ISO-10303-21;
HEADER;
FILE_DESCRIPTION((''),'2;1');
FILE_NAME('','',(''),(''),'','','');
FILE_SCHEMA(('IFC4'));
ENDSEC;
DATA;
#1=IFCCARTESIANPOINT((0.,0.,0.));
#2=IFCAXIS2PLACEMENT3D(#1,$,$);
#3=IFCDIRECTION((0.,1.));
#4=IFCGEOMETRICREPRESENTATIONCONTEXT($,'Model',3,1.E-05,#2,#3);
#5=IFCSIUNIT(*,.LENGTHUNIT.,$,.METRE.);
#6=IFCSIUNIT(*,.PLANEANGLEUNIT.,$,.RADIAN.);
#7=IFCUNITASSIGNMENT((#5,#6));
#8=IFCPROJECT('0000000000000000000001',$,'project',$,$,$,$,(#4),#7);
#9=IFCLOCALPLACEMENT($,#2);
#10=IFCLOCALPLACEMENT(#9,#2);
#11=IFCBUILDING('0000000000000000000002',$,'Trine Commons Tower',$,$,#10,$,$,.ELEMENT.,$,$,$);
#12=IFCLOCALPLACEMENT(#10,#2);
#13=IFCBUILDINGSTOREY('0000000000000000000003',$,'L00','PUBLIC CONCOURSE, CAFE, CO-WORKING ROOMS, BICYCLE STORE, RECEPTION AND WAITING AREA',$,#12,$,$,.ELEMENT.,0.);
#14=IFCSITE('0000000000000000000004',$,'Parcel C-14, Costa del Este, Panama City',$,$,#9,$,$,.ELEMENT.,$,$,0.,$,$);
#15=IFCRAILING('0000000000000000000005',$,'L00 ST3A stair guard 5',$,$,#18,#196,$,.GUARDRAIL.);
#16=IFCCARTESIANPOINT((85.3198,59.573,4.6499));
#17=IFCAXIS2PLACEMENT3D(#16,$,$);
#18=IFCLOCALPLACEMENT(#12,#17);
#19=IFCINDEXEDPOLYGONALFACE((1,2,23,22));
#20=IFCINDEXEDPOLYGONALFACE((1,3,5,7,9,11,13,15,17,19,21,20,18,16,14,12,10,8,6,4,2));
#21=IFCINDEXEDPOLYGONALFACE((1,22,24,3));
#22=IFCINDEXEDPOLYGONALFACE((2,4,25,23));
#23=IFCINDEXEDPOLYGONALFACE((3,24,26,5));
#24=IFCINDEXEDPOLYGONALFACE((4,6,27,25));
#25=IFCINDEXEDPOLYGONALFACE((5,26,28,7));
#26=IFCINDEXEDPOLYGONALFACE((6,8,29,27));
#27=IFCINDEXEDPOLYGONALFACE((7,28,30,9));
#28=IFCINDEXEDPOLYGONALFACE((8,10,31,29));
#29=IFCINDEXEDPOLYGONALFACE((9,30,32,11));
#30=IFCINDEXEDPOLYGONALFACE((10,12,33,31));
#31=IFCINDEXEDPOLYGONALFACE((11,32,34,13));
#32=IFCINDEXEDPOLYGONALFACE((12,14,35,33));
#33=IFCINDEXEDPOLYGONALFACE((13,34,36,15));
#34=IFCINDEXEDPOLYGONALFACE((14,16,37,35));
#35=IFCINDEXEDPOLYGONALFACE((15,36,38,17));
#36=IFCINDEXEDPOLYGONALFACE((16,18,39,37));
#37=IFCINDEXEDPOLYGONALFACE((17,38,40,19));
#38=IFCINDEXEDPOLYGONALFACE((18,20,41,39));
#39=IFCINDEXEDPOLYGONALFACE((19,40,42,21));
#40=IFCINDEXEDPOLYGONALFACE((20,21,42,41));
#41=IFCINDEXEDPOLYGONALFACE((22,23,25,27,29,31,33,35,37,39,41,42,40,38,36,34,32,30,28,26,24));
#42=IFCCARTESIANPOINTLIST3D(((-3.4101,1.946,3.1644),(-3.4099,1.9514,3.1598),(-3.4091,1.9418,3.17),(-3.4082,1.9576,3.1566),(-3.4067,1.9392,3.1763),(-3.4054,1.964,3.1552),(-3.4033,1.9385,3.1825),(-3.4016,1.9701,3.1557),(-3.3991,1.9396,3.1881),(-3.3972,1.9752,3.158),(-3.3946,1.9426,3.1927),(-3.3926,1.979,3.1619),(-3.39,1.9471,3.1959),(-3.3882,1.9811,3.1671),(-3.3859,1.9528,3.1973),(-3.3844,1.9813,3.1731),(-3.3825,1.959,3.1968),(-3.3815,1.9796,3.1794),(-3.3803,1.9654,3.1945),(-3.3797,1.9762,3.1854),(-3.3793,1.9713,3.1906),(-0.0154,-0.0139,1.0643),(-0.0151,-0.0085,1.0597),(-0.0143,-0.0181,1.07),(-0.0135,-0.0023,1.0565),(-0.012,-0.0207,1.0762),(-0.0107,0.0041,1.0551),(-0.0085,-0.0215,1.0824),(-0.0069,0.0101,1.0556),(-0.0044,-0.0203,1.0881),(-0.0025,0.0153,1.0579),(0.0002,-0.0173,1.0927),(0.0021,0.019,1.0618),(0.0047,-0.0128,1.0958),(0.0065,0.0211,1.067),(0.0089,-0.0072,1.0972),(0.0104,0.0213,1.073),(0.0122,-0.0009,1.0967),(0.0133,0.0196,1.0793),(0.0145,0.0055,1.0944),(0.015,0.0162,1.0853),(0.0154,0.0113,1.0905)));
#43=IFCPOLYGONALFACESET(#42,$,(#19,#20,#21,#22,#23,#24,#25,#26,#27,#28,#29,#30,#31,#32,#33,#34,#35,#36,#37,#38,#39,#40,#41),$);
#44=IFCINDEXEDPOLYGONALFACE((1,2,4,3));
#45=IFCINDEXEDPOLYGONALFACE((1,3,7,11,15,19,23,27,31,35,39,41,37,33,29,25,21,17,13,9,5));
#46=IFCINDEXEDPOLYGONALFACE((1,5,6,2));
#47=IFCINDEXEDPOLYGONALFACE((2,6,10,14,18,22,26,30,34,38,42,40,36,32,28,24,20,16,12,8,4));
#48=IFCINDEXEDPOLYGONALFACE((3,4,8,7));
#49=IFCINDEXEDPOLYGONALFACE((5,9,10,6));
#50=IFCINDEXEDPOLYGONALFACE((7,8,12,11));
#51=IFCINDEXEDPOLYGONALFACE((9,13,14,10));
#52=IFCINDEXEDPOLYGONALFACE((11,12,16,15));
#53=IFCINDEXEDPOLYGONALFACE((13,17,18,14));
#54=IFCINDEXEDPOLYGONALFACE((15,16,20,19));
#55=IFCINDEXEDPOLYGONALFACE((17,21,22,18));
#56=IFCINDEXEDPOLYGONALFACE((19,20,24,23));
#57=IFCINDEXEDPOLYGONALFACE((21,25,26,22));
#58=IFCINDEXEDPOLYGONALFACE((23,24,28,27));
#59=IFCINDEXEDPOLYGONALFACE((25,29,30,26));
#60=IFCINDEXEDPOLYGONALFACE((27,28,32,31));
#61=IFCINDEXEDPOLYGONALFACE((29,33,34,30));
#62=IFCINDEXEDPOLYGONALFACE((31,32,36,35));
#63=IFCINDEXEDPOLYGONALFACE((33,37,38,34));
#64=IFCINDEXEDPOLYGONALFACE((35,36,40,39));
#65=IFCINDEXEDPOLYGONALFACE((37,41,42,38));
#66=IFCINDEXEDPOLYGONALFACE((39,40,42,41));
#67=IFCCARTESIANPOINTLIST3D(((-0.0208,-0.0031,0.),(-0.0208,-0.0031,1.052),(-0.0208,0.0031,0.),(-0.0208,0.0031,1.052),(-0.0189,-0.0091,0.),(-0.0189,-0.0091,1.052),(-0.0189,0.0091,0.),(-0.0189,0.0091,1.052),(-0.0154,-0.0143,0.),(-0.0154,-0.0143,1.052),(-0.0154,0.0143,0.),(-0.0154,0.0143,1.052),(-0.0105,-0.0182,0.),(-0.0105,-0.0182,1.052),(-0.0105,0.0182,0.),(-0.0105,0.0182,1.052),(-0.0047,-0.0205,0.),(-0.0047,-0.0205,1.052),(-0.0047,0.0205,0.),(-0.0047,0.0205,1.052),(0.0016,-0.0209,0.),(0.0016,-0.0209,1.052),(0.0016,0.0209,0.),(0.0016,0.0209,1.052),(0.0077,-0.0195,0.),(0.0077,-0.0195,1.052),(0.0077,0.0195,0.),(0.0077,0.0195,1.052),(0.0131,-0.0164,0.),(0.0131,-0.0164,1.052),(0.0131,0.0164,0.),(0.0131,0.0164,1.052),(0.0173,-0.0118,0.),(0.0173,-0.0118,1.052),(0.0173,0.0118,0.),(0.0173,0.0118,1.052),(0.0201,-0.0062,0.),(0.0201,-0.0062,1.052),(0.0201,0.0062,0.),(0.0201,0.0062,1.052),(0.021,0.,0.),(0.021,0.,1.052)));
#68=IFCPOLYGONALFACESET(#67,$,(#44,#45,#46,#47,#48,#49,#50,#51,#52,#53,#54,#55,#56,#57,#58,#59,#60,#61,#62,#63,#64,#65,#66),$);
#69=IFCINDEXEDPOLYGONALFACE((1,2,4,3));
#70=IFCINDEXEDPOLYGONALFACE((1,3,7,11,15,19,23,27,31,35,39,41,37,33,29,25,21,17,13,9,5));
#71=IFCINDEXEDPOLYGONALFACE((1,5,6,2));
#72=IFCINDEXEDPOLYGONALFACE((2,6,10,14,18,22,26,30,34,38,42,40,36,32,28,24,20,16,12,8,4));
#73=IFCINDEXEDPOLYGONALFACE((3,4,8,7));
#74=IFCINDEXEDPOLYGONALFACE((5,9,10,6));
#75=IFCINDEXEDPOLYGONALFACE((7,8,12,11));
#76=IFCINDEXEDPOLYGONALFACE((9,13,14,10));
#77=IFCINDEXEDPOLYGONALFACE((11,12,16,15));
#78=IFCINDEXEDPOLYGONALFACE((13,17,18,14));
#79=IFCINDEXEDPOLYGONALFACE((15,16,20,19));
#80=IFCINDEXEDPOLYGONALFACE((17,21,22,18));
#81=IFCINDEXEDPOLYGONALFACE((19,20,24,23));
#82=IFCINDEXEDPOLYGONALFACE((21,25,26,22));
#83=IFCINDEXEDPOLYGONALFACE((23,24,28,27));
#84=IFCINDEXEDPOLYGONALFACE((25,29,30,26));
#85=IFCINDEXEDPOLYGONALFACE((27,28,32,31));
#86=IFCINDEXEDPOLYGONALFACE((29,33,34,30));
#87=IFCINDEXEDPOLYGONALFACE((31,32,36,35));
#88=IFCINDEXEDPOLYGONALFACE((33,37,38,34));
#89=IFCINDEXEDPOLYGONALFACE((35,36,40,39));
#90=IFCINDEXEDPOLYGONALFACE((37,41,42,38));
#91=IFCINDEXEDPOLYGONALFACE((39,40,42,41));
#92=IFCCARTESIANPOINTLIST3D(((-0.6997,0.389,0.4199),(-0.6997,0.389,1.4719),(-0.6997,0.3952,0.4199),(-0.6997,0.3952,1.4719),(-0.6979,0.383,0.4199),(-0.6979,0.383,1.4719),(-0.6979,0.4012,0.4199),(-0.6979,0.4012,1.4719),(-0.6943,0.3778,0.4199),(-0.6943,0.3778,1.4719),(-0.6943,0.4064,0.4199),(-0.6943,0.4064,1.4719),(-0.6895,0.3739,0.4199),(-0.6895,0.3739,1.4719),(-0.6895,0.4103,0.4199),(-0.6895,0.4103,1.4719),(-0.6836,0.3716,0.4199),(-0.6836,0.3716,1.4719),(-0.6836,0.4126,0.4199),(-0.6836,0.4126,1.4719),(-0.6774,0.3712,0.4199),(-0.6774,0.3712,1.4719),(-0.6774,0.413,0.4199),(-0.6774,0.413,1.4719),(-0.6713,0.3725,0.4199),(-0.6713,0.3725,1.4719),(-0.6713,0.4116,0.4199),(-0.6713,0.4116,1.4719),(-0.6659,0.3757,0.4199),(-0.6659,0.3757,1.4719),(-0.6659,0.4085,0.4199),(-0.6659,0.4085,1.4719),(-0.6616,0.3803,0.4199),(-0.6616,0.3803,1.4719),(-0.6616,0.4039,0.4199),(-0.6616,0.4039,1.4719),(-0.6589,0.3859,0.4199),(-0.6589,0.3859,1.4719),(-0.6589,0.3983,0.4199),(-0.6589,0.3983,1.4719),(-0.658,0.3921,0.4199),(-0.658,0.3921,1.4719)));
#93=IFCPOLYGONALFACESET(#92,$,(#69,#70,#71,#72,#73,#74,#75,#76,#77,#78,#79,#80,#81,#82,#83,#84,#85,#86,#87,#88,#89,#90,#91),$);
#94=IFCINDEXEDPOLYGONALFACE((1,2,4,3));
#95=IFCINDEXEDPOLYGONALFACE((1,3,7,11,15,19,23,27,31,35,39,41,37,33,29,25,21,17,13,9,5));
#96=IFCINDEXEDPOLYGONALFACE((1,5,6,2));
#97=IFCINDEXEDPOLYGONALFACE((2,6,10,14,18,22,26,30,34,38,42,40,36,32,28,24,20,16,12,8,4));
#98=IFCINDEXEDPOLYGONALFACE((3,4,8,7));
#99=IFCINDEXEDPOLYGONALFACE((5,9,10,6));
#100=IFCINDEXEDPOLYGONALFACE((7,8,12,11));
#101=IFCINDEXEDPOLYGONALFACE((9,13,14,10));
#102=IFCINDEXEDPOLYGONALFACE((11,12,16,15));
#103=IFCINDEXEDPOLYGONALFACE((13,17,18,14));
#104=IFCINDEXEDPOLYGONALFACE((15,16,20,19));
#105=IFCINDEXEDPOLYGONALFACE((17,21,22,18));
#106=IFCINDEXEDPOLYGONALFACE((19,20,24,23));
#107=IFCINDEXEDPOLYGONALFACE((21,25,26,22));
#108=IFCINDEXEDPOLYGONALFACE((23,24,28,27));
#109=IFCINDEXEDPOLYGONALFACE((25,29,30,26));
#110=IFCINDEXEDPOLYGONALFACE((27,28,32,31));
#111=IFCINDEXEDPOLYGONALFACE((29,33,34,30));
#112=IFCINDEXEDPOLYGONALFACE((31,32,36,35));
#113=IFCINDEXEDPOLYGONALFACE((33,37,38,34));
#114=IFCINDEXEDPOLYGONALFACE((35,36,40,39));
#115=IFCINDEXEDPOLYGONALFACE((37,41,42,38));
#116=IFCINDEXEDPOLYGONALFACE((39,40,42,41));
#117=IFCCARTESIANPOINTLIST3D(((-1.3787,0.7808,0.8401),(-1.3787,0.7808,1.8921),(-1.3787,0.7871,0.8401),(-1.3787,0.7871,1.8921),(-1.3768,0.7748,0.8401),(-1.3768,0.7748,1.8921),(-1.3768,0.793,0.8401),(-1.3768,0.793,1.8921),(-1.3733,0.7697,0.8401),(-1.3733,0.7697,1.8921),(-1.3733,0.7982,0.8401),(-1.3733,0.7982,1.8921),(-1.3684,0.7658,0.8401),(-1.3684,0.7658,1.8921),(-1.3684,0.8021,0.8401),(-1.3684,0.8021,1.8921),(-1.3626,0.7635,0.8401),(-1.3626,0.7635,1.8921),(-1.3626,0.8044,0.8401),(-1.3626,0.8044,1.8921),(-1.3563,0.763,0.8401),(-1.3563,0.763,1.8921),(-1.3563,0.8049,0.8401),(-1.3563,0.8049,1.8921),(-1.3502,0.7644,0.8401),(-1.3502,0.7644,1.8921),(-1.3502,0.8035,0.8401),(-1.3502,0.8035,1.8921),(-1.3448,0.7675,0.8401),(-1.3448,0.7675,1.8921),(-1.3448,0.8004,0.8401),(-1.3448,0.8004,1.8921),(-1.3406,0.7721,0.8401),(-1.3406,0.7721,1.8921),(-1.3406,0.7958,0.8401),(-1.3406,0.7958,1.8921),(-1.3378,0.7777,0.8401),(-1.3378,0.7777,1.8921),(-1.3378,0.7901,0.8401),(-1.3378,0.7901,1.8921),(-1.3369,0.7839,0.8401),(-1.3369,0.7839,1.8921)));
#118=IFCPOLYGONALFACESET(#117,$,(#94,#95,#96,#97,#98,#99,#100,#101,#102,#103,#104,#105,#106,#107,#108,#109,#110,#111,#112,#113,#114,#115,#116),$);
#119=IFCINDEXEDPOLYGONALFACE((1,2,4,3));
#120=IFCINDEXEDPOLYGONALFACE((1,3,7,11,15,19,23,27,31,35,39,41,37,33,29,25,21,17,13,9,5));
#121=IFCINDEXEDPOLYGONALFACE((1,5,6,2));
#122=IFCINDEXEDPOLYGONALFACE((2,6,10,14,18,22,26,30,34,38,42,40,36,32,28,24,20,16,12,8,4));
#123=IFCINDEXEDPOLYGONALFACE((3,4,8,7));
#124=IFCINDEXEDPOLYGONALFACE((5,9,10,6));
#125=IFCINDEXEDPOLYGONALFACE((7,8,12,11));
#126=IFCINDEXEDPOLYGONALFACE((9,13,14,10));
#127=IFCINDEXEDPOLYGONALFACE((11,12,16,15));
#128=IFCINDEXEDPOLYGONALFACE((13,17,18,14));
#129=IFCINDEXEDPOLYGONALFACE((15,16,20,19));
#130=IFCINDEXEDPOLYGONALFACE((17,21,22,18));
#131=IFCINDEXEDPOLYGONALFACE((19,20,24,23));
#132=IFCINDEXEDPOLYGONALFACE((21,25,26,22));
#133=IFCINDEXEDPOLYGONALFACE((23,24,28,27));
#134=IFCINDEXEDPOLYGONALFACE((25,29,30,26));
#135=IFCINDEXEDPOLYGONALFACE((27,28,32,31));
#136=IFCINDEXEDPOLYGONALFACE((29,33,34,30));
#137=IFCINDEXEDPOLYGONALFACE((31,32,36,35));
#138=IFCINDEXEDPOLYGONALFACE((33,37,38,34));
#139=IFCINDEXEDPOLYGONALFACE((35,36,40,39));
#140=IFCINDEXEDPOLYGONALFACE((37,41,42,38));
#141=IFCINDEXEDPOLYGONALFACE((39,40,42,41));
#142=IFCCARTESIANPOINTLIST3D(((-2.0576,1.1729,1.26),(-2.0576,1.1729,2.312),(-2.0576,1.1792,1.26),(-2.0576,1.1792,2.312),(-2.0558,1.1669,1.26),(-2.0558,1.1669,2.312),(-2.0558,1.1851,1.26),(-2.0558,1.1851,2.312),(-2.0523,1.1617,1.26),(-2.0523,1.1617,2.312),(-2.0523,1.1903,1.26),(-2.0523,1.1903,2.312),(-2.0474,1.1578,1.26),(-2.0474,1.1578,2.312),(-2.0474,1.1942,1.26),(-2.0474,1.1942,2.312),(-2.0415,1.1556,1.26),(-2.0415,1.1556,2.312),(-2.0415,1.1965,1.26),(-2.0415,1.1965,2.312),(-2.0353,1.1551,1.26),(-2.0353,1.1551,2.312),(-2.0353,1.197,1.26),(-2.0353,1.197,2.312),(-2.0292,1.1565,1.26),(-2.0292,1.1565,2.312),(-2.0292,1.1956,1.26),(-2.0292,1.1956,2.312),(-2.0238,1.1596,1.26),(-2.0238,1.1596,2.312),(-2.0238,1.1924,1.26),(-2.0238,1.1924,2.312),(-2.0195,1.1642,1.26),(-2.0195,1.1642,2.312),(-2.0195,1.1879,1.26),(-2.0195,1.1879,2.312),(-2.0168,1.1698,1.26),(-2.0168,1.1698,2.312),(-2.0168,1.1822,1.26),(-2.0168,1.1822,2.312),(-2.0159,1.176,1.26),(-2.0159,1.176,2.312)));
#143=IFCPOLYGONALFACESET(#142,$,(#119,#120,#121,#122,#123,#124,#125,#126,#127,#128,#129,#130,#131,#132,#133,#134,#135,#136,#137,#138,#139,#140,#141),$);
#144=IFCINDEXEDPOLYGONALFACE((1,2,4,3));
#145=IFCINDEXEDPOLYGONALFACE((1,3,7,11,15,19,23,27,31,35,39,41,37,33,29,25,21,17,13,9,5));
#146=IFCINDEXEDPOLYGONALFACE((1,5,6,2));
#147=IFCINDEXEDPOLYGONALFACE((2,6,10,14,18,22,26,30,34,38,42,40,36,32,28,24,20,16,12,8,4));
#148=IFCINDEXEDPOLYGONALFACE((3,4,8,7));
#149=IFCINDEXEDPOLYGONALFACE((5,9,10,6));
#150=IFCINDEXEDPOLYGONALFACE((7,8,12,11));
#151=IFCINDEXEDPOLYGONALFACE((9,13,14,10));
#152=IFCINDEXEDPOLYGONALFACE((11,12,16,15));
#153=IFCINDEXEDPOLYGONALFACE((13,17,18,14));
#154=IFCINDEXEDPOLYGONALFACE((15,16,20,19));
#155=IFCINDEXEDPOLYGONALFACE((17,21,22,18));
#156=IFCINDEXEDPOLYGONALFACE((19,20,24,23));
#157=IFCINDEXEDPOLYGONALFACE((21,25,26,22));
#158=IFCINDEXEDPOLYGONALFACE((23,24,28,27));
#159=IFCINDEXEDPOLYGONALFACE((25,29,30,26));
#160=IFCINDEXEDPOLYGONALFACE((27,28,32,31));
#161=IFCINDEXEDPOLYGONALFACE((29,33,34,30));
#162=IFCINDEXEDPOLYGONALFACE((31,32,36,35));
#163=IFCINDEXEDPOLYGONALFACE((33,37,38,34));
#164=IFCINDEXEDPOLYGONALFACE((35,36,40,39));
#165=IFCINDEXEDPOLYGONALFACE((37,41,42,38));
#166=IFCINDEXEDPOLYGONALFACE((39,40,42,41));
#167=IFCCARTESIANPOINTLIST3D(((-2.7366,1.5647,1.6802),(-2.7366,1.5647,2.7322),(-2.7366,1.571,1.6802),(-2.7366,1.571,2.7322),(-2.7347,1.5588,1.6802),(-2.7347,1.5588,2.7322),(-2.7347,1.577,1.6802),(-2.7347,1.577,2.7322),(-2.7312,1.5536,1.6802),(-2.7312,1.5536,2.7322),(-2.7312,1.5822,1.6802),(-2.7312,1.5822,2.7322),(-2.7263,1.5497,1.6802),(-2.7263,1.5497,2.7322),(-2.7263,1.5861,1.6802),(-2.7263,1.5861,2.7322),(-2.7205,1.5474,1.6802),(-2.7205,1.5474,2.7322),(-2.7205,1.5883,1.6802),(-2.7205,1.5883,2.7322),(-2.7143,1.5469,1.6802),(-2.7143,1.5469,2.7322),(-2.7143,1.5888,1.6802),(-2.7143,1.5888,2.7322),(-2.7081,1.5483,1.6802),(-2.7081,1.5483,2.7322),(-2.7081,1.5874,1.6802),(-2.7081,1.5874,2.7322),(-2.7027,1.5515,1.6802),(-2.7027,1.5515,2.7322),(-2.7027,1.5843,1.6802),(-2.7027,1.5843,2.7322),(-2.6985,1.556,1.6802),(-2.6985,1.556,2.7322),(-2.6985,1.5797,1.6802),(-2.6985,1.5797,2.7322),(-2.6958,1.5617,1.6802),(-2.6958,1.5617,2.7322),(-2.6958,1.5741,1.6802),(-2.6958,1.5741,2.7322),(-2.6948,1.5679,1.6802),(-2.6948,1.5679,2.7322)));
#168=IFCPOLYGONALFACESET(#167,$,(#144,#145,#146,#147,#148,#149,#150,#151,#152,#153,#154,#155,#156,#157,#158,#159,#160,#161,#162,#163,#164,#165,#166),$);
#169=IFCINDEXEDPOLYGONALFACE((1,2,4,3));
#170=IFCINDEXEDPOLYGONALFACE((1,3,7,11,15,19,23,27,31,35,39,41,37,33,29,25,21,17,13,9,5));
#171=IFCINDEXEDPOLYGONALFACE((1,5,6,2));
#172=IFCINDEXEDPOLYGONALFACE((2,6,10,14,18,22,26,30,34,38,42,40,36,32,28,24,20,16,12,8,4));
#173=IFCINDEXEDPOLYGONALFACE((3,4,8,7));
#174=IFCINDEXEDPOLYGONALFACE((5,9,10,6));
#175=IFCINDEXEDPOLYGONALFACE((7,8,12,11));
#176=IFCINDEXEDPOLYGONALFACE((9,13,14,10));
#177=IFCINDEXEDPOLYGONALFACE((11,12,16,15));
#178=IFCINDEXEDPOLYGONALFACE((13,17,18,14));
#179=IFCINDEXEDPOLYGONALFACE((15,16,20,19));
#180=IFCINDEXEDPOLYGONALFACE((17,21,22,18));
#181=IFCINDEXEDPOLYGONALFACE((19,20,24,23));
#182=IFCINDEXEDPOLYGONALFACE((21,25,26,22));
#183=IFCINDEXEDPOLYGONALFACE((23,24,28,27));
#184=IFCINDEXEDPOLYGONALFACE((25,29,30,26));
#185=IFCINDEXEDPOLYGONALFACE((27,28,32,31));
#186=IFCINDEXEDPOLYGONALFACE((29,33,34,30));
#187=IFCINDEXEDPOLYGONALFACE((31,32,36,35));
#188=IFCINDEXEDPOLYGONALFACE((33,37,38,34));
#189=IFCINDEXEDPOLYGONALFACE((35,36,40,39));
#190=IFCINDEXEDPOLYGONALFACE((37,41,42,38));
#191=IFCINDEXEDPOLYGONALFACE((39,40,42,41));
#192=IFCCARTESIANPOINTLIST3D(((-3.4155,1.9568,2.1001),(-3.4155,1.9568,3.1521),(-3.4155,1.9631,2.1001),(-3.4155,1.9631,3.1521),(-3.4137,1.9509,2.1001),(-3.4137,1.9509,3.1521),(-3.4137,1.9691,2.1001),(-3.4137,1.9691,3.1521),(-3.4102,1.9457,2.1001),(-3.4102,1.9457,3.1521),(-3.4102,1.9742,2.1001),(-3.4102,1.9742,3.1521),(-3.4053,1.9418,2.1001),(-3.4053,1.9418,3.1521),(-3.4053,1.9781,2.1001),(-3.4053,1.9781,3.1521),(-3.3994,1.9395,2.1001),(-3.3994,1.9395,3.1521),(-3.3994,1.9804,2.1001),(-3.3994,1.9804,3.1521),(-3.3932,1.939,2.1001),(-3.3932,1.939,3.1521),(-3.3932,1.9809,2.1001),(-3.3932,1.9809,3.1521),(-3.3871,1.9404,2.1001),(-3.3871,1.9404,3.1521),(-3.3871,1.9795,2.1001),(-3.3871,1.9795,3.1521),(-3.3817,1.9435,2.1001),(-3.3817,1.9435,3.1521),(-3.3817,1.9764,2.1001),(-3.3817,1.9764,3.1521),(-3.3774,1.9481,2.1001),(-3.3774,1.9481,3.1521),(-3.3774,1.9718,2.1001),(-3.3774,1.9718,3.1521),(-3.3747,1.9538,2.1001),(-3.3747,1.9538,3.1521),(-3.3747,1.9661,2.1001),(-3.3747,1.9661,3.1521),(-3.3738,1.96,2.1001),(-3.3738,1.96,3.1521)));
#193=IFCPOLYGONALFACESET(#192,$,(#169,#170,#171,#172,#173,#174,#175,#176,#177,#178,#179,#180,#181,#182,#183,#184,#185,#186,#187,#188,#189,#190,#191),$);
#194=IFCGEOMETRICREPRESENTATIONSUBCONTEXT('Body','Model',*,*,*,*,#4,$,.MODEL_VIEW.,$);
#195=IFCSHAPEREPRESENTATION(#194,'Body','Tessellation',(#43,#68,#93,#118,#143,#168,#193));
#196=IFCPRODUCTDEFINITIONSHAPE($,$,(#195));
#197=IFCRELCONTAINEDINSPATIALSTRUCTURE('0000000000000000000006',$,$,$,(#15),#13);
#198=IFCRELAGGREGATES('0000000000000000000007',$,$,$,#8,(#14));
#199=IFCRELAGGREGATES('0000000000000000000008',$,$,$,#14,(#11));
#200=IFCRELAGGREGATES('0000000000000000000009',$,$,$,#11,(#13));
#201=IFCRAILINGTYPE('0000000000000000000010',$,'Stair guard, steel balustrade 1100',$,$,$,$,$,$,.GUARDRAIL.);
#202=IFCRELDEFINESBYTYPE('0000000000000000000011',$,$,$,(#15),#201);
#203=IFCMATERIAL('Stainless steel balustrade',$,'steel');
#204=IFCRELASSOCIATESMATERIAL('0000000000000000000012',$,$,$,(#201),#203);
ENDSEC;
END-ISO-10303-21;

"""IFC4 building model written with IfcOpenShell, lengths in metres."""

from ifc_helpers import new_model, si_unit, direction, frame, origin, origin_2d, place, context, subcontext, project, spatial, circle, extrude, material, type_object, element, save


model = new_model("IFC4")

# Units and contexts
model_context = context("Model", 3, precision=1e-05, world=origin(), true_north=direction((0.0, 1.0)))
body_context = subcontext(model_context, "Body", "Model", "MODEL_VIEW")
ifc_project = project(units=[si_unit("LENGTHUNIT", "METRE"), si_unit("PLANEANGLEUNIT", "RADIAN")], contexts=[model_context])

# Site, building, storey
site_placement = place(None, origin())
site = spatial("IfcSite", under=ifc_project, at=site_placement, Name="Parcel C-14, Costa del Este, Panama City", CompositionType="ELEMENT", RefElevation=0.0)
building_placement = place(site_placement, origin())
building = spatial("IfcBuilding", under=site, at=building_placement, Name="Trine Commons Tower", CompositionType="ELEMENT")
storey_placement = place(building_placement, origin())
storey = spatial("IfcBuildingStorey", under=building, at=storey_placement, Name="L00", Description="PUBLIC CONCOURSE, CAFE, CO-WORKING ROOMS, BICYCLE STORE, RECEPTION AND WAITING AREA", CompositionType="ELEMENT", Elevation=0.0)

# Railing
ifc_material_1 = material(Name="Stainless steel balustrade", Category="steel")
railing_type_1 = type_object("IfcRailingType", Name="Stair guard, steel balustrade 1100", PredefinedType="GUARDRAIL", material=ifc_material_1)
railing_1_placement = place(storey_placement, frame((85.3198, 59.573, 4.6499)))
element("IfcRailing", 1, at=railing_1_placement, inside=storey, type_object=railing_type_1, Name="L00 ST3A stair guard 5", PredefinedType="GUARDRAIL", context=body_context, shape_type="SweptSolid", body=[
    extrude(circle(Radius=0.0239, at=origin_2d()), frame((0.0, 0.0, 1.0762), z_axis=(-0.763375, 0.440732, 0.472244), x_axis=(-0.499997, -0.866027, 0.0)), (0.0, 0.0, 1.0), 4.447),
    extrude(circle(Radius=0.021, at=origin_2d()), origin(), (0.0, 0.0, 1.0), 1.052),
    extrude(circle(Radius=0.021, at=origin_2d()), frame((-0.679, 0.3921, 0.4199)), (0.0, 0.0, 1.0), 1.052),
    extrude(circle(Radius=0.021, at=origin_2d()), frame((-1.3579, 0.7839, 0.8401)), (0.0, 0.0, 1.0), 1.052),
    extrude(circle(Radius=0.021, at=origin_2d()), frame((-2.0369, 1.176, 1.26)), (0.0, 0.0, 1.0), 1.052),
    extrude(circle(Radius=0.021, at=origin_2d()), frame((-2.7158, 1.5679, 1.6802)), (0.0, 0.0, 1.0), 1.052),
    extrude(circle(Radius=0.021, at=origin_2d()), frame((-3.3948, 1.96, 2.1001)), (0.0, 0.0, 1.0), 1.052),
])

save(model, "model.ifc")
